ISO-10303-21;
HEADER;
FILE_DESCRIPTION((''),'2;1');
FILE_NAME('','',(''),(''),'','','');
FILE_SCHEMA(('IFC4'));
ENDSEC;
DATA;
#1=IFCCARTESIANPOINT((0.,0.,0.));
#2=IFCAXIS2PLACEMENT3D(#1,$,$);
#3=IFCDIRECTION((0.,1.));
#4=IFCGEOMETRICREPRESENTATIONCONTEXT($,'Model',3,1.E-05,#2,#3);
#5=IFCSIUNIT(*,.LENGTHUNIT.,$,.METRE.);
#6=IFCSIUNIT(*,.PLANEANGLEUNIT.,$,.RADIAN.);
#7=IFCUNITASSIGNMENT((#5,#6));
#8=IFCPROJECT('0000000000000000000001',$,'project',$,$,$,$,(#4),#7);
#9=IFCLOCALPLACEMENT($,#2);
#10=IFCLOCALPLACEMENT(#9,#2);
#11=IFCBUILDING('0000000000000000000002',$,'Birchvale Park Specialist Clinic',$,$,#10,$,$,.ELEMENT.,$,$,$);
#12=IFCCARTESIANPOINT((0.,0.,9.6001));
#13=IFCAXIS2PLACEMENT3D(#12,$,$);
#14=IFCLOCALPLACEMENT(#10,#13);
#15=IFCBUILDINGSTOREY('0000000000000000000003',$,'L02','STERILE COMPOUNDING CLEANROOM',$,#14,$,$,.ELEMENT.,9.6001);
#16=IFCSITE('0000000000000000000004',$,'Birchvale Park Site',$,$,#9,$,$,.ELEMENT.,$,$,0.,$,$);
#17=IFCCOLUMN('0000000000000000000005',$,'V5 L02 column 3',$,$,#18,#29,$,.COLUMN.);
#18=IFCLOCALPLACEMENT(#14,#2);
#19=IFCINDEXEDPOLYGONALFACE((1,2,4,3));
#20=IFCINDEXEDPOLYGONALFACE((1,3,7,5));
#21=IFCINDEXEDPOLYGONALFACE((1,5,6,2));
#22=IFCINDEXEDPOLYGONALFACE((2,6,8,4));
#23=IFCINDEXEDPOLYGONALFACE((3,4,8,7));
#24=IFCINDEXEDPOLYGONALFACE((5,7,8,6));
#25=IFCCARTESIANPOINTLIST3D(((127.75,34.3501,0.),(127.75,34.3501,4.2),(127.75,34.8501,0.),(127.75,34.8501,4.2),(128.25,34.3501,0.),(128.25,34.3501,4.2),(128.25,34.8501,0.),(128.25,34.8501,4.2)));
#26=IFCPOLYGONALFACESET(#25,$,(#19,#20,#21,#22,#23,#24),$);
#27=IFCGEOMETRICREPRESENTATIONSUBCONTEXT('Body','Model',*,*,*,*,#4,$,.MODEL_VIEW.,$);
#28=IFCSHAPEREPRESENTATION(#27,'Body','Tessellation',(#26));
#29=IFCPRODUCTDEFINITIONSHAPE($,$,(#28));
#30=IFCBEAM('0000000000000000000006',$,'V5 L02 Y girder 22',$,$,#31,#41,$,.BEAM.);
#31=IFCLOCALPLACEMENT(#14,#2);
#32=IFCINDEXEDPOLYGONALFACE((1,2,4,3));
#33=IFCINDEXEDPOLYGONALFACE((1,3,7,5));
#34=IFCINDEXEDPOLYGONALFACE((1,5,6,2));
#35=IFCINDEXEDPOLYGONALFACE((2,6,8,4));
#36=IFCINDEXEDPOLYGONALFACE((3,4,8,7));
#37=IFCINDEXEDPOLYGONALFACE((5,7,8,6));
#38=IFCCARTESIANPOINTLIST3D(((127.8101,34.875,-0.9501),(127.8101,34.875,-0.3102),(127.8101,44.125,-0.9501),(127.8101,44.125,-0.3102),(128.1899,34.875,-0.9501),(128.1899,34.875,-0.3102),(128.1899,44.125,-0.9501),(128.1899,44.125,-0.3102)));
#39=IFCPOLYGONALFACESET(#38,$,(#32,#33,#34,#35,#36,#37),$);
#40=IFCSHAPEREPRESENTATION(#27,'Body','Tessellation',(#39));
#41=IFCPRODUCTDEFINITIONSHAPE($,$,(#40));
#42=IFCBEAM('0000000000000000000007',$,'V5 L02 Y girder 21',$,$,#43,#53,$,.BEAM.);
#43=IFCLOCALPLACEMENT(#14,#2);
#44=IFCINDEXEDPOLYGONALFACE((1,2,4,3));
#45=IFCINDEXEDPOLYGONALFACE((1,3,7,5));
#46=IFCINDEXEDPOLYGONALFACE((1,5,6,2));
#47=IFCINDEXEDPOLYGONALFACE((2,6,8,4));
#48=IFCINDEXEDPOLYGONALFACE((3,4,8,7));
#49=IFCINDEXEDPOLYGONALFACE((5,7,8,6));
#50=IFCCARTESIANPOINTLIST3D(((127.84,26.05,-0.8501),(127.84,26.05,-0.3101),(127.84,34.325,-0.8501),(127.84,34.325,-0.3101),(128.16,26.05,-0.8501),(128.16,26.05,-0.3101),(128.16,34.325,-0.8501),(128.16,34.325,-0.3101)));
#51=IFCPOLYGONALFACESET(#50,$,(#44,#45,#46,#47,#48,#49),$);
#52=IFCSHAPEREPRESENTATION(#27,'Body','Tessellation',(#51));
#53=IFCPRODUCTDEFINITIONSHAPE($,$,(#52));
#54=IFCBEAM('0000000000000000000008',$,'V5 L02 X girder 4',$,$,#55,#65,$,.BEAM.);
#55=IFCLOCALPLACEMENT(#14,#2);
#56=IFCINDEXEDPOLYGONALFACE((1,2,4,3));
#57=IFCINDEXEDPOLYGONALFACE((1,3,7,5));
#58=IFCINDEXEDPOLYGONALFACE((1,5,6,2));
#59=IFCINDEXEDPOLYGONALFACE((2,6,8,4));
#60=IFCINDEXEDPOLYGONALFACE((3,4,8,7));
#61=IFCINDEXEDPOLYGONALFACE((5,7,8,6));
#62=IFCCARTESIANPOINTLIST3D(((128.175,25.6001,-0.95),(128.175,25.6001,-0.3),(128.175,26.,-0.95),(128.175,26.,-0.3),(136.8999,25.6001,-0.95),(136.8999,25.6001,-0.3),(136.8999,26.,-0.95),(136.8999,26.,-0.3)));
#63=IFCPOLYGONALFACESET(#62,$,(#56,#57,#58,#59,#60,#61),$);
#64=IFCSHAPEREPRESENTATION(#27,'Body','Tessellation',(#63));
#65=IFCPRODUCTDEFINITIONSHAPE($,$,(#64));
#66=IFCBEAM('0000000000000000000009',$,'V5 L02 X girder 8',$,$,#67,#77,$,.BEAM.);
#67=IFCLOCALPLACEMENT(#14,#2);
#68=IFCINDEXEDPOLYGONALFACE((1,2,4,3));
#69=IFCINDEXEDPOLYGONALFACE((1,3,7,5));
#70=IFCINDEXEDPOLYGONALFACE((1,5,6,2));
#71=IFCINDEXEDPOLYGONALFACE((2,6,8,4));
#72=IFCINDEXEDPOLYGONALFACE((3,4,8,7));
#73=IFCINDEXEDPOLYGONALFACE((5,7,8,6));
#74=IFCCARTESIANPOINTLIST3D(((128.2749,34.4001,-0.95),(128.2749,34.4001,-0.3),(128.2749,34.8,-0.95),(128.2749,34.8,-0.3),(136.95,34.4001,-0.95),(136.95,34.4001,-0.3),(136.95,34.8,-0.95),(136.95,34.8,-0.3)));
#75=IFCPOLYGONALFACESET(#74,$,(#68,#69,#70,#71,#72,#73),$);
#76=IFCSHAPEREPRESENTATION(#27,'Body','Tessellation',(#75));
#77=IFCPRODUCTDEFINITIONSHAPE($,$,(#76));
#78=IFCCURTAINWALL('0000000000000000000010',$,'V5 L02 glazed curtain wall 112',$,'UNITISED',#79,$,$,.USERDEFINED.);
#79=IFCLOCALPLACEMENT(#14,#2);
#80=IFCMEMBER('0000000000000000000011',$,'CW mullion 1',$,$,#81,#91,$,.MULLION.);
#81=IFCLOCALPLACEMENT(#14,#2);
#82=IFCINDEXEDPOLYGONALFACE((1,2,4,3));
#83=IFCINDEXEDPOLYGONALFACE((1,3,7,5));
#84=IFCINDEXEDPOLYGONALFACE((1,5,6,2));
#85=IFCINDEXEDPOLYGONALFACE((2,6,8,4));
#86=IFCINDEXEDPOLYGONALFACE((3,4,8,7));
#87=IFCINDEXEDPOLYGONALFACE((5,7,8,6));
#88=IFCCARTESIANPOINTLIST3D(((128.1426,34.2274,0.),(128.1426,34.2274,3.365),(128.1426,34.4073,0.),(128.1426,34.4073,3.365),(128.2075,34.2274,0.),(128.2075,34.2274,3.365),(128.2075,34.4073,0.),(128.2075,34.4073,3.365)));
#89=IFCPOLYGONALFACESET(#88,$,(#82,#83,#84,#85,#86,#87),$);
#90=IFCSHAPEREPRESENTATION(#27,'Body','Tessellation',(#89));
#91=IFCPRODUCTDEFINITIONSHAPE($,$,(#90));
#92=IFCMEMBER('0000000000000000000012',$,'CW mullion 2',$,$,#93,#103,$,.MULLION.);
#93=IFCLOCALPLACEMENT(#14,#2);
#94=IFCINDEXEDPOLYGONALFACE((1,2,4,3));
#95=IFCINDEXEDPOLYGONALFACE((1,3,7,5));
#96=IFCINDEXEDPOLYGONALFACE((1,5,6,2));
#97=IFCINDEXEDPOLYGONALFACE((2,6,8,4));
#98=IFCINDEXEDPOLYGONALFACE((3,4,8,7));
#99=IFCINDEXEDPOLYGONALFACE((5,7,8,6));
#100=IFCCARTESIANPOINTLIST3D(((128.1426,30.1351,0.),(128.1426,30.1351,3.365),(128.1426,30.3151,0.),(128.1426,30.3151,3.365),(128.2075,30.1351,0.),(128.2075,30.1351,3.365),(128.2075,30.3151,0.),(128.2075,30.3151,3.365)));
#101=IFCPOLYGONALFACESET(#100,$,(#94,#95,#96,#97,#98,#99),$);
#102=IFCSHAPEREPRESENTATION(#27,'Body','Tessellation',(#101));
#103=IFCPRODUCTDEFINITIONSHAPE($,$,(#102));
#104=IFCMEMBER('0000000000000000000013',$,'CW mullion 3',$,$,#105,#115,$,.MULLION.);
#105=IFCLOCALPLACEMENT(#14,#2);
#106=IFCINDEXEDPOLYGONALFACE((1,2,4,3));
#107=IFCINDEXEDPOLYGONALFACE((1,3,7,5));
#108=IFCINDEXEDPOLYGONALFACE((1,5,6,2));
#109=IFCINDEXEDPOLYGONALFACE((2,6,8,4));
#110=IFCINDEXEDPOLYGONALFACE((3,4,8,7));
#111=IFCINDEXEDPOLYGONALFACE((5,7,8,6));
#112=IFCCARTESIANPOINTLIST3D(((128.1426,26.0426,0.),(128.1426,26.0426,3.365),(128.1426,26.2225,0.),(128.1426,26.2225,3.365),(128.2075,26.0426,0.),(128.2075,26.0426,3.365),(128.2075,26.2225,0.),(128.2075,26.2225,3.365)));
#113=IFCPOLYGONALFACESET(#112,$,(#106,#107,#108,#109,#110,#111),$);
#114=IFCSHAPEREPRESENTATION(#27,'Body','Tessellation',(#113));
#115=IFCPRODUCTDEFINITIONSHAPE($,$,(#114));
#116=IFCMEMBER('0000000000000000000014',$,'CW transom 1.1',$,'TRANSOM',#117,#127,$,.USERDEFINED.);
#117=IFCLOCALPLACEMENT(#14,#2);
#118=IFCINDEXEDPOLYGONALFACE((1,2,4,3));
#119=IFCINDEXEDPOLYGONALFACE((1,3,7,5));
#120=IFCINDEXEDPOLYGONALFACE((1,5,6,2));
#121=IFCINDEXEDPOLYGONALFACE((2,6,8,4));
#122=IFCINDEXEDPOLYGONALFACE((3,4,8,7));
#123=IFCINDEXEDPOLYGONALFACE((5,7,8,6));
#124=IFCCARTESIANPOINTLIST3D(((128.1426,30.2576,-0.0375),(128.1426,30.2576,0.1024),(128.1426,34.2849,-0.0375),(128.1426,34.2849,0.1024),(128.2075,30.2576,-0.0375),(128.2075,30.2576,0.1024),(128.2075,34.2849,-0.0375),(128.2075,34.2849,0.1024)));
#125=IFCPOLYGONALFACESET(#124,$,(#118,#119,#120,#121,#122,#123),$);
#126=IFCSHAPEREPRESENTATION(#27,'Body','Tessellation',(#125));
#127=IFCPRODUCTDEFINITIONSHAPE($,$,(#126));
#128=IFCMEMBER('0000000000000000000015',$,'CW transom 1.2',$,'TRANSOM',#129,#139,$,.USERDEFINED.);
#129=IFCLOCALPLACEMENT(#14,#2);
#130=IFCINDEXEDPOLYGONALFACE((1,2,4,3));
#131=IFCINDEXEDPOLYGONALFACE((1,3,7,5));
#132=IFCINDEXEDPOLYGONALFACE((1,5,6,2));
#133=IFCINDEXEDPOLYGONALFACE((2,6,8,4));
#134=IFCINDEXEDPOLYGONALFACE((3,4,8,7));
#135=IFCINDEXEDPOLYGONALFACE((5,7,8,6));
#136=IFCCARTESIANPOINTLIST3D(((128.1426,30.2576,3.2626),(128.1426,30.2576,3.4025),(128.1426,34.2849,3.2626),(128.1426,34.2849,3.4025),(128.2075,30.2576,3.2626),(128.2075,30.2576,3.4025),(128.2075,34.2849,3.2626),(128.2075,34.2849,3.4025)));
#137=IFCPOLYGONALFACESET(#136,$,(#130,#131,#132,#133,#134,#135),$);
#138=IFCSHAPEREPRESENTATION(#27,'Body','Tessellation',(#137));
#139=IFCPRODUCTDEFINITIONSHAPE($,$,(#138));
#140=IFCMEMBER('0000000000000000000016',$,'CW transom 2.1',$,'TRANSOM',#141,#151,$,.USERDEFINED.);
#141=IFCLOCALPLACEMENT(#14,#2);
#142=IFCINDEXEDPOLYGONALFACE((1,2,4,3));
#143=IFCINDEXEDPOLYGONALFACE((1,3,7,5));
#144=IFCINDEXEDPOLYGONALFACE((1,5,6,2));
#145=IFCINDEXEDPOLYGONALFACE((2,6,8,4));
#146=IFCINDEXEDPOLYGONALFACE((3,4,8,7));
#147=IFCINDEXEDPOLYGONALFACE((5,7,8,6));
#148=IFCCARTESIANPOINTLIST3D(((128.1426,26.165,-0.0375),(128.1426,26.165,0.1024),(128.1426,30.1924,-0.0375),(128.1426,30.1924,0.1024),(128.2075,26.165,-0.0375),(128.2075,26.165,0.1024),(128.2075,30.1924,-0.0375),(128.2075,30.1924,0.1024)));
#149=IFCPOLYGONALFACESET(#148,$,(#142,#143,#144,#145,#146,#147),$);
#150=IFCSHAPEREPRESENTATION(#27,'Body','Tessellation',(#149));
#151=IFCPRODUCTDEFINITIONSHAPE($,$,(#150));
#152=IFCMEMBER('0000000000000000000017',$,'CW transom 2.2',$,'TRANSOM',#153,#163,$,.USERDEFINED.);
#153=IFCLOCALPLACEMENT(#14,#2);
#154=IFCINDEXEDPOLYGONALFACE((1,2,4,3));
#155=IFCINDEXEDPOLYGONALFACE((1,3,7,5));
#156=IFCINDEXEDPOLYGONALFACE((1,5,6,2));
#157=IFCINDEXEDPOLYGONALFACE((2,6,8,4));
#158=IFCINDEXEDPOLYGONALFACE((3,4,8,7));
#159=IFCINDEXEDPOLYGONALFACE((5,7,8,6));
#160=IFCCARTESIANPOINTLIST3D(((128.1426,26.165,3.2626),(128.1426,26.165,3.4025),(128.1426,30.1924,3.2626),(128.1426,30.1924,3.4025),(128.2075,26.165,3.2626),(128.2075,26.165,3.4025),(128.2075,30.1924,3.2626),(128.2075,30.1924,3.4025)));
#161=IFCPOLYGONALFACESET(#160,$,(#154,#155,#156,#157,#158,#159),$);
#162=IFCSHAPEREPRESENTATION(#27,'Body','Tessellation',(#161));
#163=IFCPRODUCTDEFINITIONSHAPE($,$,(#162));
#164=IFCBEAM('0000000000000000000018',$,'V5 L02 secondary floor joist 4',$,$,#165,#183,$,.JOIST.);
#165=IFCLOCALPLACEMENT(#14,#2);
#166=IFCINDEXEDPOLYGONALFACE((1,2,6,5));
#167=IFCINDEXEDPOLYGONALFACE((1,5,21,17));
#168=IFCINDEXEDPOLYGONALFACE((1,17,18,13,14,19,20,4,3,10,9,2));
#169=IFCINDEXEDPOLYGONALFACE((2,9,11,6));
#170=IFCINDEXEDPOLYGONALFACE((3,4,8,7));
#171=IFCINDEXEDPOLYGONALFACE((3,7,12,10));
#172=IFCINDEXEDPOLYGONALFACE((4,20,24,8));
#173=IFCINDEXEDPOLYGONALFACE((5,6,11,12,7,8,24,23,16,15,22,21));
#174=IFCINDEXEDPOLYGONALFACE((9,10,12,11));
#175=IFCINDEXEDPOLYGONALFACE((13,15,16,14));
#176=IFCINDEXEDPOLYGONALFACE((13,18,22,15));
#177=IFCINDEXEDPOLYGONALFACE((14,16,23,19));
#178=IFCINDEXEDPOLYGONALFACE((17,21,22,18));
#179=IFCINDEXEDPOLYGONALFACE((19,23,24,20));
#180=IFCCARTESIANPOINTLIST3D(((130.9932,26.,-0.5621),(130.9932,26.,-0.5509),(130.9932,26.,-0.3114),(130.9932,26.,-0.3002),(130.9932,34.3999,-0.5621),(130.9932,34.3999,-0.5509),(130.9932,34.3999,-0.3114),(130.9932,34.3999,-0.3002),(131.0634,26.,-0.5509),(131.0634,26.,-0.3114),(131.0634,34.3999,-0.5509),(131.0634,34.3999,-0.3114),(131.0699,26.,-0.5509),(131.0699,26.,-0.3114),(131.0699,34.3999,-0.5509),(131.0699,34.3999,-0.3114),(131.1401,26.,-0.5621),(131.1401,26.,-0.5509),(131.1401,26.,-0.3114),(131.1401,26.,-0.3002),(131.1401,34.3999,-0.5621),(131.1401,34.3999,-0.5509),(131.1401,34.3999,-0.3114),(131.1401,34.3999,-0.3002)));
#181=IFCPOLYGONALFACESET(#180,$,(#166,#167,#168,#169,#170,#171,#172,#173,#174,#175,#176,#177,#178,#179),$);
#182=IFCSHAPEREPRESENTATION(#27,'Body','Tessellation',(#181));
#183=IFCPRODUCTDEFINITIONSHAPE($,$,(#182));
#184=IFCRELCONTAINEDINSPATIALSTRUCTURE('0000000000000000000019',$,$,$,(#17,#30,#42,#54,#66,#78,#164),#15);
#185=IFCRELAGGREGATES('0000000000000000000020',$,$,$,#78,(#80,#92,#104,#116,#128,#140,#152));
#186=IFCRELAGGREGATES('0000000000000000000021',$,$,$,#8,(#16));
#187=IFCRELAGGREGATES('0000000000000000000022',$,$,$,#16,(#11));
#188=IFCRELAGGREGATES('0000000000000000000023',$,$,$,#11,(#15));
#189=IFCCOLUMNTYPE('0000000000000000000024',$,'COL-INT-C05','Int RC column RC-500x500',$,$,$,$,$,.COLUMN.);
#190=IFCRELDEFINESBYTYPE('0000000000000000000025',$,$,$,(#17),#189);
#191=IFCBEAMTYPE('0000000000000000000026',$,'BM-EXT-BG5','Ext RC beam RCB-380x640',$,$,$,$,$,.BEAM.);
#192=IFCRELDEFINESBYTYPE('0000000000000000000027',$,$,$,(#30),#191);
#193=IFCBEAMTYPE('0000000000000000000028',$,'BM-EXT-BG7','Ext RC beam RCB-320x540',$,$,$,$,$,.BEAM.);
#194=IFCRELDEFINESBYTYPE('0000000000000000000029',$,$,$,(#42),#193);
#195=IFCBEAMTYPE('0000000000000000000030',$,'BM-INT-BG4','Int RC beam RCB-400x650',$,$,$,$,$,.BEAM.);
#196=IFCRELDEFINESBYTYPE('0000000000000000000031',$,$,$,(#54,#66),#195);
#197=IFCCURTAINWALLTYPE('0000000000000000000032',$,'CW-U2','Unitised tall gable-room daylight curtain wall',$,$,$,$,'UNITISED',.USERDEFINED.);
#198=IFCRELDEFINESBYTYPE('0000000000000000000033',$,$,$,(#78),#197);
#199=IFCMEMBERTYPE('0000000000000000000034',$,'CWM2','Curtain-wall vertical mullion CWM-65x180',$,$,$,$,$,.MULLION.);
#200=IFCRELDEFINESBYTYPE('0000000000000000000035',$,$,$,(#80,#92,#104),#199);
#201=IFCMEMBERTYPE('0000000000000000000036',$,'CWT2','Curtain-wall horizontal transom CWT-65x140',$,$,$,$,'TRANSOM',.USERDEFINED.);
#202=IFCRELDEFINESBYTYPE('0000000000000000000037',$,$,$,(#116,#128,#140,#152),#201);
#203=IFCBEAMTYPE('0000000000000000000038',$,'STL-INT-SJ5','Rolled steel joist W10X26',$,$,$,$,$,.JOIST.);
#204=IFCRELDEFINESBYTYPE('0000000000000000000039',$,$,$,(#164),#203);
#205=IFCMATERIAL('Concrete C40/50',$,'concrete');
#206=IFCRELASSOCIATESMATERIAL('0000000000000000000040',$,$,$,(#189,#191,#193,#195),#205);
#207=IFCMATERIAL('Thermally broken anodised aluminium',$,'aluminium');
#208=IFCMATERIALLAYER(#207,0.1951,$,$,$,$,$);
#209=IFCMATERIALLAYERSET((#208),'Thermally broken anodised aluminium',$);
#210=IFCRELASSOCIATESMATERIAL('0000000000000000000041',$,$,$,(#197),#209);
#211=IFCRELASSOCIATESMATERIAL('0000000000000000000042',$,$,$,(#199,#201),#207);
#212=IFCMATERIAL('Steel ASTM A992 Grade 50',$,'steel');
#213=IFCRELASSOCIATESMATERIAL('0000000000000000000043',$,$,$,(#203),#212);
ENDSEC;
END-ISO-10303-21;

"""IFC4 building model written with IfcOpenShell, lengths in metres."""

from ifc_helpers import new_model, si_unit, direction, frame, origin, origin_2d, place, context, subcontext, project, spatial, rectangle, i_section, extrude, material, layer, layer_set, material_profile, profile_set, type_object, element, aggregate, save


model = new_model("IFC4")

# Units and contexts
model_context = context("Model", 3, precision=1e-05, world=origin(), true_north=direction((0.0, 1.0)))
body_context = subcontext(model_context, "Body", "Model", "MODEL_VIEW")
ifc_project = project(units=[si_unit("LENGTHUNIT", "METRE"), si_unit("PLANEANGLEUNIT", "RADIAN")], contexts=[model_context])

# Site, building, storey
site_placement = place(None, origin())
site = spatial("IfcSite", under=ifc_project, at=site_placement, Name="Birchvale Park Site", CompositionType="ELEMENT", RefElevation=0.0)
building_placement = place(site_placement, origin())
building = spatial("IfcBuilding", under=site, at=building_placement, Name="Birchvale Park Specialist Clinic", CompositionType="ELEMENT")
storey_placement = place(building_placement, frame((0.0, 0.0, 9.6001)))
storey = spatial("IfcBuildingStorey", under=building, at=storey_placement, Name="L02", Description="STERILE COMPOUNDING CLEANROOM", CompositionType="ELEMENT", Elevation=9.6001)

# Column
ifc_material_1 = material(Name="Concrete C40/50", Category="concrete")
ifc_material_profile_1 = material_profile(ifc_material_1, rectangle(XDim=0.5, YDim=0.5, at=origin_2d()), Name="RC-500x500")
ifc_profile_set_1 = profile_set([ifc_material_profile_1], Name="Concrete C40/50")
column_type = type_object("IfcColumnType", Name="COL-INT-C05", Description="Int RC column RC-500x500", PredefinedType="COLUMN", material=ifc_profile_set_1)
column_placement = place(storey_placement, frame((128.0, 34.6001, 0.0), z_axis=(0.0, 0.0, 1.0), x_axis=(1.0, 0.0, 0.0)))
element("IfcColumn", 1, at=column_placement, inside=storey, type_object=column_type, Name="V5 L02 column 3", PredefinedType="COLUMN", context=body_context, shape_type="SweptSolid", body=[
    extrude(rectangle(XDim=0.5, YDim=0.5, at=origin_2d()), origin(), (0.0, 0.0, 1.0), 4.2),
])

# Beams
ifc_material_profile_2 = material_profile(ifc_material_1, rectangle(XDim=0.3799, YDim=0.6399, at=origin_2d()), Name="RCB-380x640")
ifc_profile_set_2 = profile_set([ifc_material_profile_2], Name="Concrete C40/50")
beam_type_1 = type_object("IfcBeamType", Name="BM-EXT-BG5", Description="Ext RC beam RCB-380x640", PredefinedType="BEAM", material=ifc_profile_set_2)
beam_1_placement = place(storey_placement, frame((128.0, 34.875, -0.6301), z_axis=(0.0, 1.0, 0.0), x_axis=(-1.0, 0.0, 0.0)))
element("IfcBeam", 2, at=beam_1_placement, inside=storey, type_object=beam_type_1, Name="V5 L02 Y girder 22", PredefinedType="BEAM", context=body_context, shape_type="SweptSolid", body=[
    extrude(rectangle(XDim=0.3799, YDim=0.6399, at=origin_2d()), origin(), (0.0, 0.0, 1.0), 9.25),
])
ifc_material_profile_3 = material_profile(ifc_material_1, rectangle(XDim=0.3201, YDim=0.54, at=origin_2d()), Name="RCB-320x540")
ifc_profile_set_3 = profile_set([ifc_material_profile_3], Name="Concrete C40/50")
beam_type_2 = type_object("IfcBeamType", Name="BM-EXT-BG7", Description="Ext RC beam RCB-320x540", PredefinedType="BEAM", material=ifc_profile_set_3)
beam_2_placement = place(storey_placement, frame((128.0, 26.05, -0.5801), z_axis=(0.0, 1.0, 0.0), x_axis=(-1.0, 0.0, 0.0)))
element("IfcBeam", 3, at=beam_2_placement, inside=storey, type_object=beam_type_2, Name="V5 L02 Y girder 21", PredefinedType="BEAM", context=body_context, shape_type="SweptSolid", body=[
    extrude(rectangle(XDim=0.3201, YDim=0.54, at=origin_2d()), origin(), (0.0, 0.0, 1.0), 8.2749),
])
ifc_material_profile_4 = material_profile(ifc_material_1, rectangle(XDim=0.3999, YDim=0.6499, at=origin_2d()), Name="RCB-400x650")
ifc_profile_set_4 = profile_set([ifc_material_profile_4], Name="Concrete C40/50")
beam_type_3 = type_object("IfcBeamType", Name="BM-INT-BG4", Description="Int RC beam RCB-400x650", PredefinedType="BEAM", material=ifc_profile_set_4)
beam_3_placement = place(storey_placement, frame((128.175, 25.8, -0.625), z_axis=(1.0, 0.0, 0.0), x_axis=(0.0, 1.0, 0.0)))
element("IfcBeam", 4, at=beam_3_placement, inside=storey, type_object=beam_type_3, Name="V5 L02 X girder 4", PredefinedType="BEAM", context=body_context, shape_type="SweptSolid", body=[
    extrude(rectangle(XDim=0.3999, YDim=0.6499, at=origin_2d()), origin(), (0.0, 0.0, 1.0), 8.7249),
])
beam_4_placement = place(storey_placement, frame((128.2749, 34.6001, -0.625), z_axis=(1.0, 0.0, 0.0), x_axis=(0.0, 1.0, 0.0)))
element("IfcBeam", 5, at=beam_4_placement, inside=storey, type_object=beam_type_3, Name="V5 L02 X girder 8", PredefinedType="BEAM", context=body_context, shape_type="SweptSolid", body=[
    extrude(rectangle(XDim=0.3999, YDim=0.6499, at=origin_2d()), origin(), (0.0, 0.0, 1.0), 8.675),
])

# Curtain wall, members
ifc_material_2 = material(Name="Thermally broken anodised aluminium", Category="aluminium")
ifc_layer_1 = layer(ifc_material_2, 0.1951)
ifc_layer_set_1 = layer_set([ifc_layer_1], Name="Thermally broken anodised aluminium")
curtain_wall_type = type_object("IfcCurtainWallType", Name="CW-U2", Description="Unitised tall gable-room daylight curtain wall", ElementType="UNITISED", PredefinedType="USERDEFINED", material=ifc_layer_set_1)
curtain_wall_placement = place(storey_placement, origin())
curtain_wall = element("IfcCurtainWall", 6, at=curtain_wall_placement, inside=storey, type_object=curtain_wall_type, Name="V5 L02 glazed curtain wall 112", ObjectType="UNITISED", PredefinedType="USERDEFINED")
ifc_material_profile_5 = material_profile(ifc_material_2, rectangle(XDim=0.0649, YDim=0.1799, at=origin_2d()), Name="CWM-65x180")
ifc_profile_set_5 = profile_set([ifc_material_profile_5], Name="Thermally broken anodised aluminium")
member_type_1 = type_object("IfcMemberType", Name="CWM2", Description="Curtain-wall vertical mullion CWM-65x180", PredefinedType="MULLION", material=ifc_profile_set_5)
member_1_placement = place(storey_placement, frame((128.175, 34.3174, 0.0), z_axis=(0.0, 0.0, 1.0), x_axis=(1.0, 0.0, 0.0)))
member_1 = element("IfcMember", 7, at=member_1_placement, type_object=member_type_1, Name="CW mullion 1", PredefinedType="MULLION", context=body_context, shape_type="SweptSolid", body=[
    extrude(rectangle(XDim=0.0649, YDim=0.1799, at=origin_2d()), origin(), (0.0, 0.0, 1.0), 3.365),
])
member_2_placement = place(storey_placement, frame((128.175, 30.2251, 0.0), z_axis=(0.0, 0.0, 1.0), x_axis=(1.0, 0.0, 0.0)))
member_2 = element("IfcMember", 8, at=member_2_placement, type_object=member_type_1, Name="CW mullion 2", PredefinedType="MULLION", context=body_context, shape_type="SweptSolid", body=[
    extrude(rectangle(XDim=0.0649, YDim=0.1799, at=origin_2d()), origin(), (0.0, 0.0, 1.0), 3.365),
])
member_3_placement = place(storey_placement, frame((128.175, 26.1326, 0.0), z_axis=(0.0, 0.0, 1.0), x_axis=(1.0, 0.0, 0.0)))
member_3 = element("IfcMember", 9, at=member_3_placement, type_object=member_type_1, Name="CW mullion 3", PredefinedType="MULLION", context=body_context, shape_type="SweptSolid", body=[
    extrude(rectangle(XDim=0.0649, YDim=0.1799, at=origin_2d()), origin(), (0.0, 0.0, 1.0), 3.365),
])
ifc_material_profile_6 = material_profile(ifc_material_2, rectangle(XDim=0.0649, YDim=0.1399, at=origin_2d()), Name="CWT-65x140")
ifc_profile_set_6 = profile_set([ifc_material_profile_6], Name="Thermally broken anodised aluminium")
member_type_2 = type_object("IfcMemberType", Name="CWT2", Description="Curtain-wall horizontal transom CWT-65x140", ElementType="TRANSOM", PredefinedType="USERDEFINED", material=ifc_profile_set_6)
member_4_placement = place(storey_placement, frame((128.175, 34.2849, 0.0325), z_axis=(0.0, -1.0, 0.0), x_axis=(1.0, 0.0, 0.0)))
member_4 = element("IfcMember", 10, at=member_4_placement, type_object=member_type_2, Name="CW transom 1.1", ObjectType="TRANSOM", PredefinedType="USERDEFINED", context=body_context, shape_type="SweptSolid", body=[
    extrude(rectangle(XDim=0.0649, YDim=0.1399, at=origin_2d()), origin(), (0.0, 0.0, 1.0), 4.0273),
])
member_5_placement = place(storey_placement, frame((128.175, 34.2849, 3.3325), z_axis=(0.0, -1.0, 0.0), x_axis=(1.0, 0.0, 0.0)))
member_5 = element("IfcMember", 11, at=member_5_placement, type_object=member_type_2, Name="CW transom 1.2", ObjectType="TRANSOM", PredefinedType="USERDEFINED", context=body_context, shape_type="SweptSolid", body=[
    extrude(rectangle(XDim=0.0649, YDim=0.1399, at=origin_2d()), origin(), (0.0, 0.0, 1.0), 4.0273),
])
member_6_placement = place(storey_placement, frame((128.175, 30.1924, 0.0325), z_axis=(0.0, -1.0, 0.0), x_axis=(1.0, 0.0, 0.0)))
member_6 = element("IfcMember", 12, at=member_6_placement, type_object=member_type_2, Name="CW transom 2.1", ObjectType="TRANSOM", PredefinedType="USERDEFINED", context=body_context, shape_type="SweptSolid", body=[
    extrude(rectangle(XDim=0.0649, YDim=0.1399, at=origin_2d()), origin(), (0.0, 0.0, 1.0), 4.0273),
])
member_7_placement = place(storey_placement, frame((128.175, 30.1924, 3.3325), z_axis=(0.0, -1.0, 0.0), x_axis=(1.0, 0.0, 0.0)))
member_7 = element("IfcMember", 13, at=member_7_placement, type_object=member_type_2, Name="CW transom 2.2", ObjectType="TRANSOM", PredefinedType="USERDEFINED", context=body_context, shape_type="SweptSolid", body=[
    extrude(rectangle(XDim=0.0649, YDim=0.1399, at=origin_2d()), origin(), (0.0, 0.0, 1.0), 4.0273),
])

# Beam
ifc_material_3 = material(Name="Steel ASTM A992 Grade 50", Category="steel")
ifc_material_profile_7 = material_profile(ifc_material_3, i_section(OverallWidth=0.147, OverallDepth=0.262, WebThickness=0.0066, FlangeThickness=0.0112, at=origin_2d()), Name="W10X26")
ifc_profile_set_7 = profile_set([ifc_material_profile_7], Name="Steel ASTM A992 Grade 50")
beam_type_4 = type_object("IfcBeamType", Name="STL-INT-SJ5", Description="Rolled steel joist W10X26", PredefinedType="JOIST", material=ifc_profile_set_7)
beam_5_placement = place(storey_placement, frame((131.0667, 26.0, -0.4312), z_axis=(0.0, 1.0, 0.0), x_axis=(-1.0, 0.0, 0.0)))
element("IfcBeam", 14, at=beam_5_placement, inside=storey, type_object=beam_type_4, Name="V5 L02 secondary floor joist 4", PredefinedType="JOIST", context=body_context, shape_type="SweptSolid", body=[
    extrude(i_section(OverallWidth=0.147, OverallDepth=0.262, WebThickness=0.0066, FlangeThickness=0.0112, at=origin_2d()), origin(), (0.0, 0.0, 1.0), 8.3999),
])

aggregate(curtain_wall, [member_1, member_2, member_3, member_4, member_5, member_6, member_7])

save(model, "model.ifc")
